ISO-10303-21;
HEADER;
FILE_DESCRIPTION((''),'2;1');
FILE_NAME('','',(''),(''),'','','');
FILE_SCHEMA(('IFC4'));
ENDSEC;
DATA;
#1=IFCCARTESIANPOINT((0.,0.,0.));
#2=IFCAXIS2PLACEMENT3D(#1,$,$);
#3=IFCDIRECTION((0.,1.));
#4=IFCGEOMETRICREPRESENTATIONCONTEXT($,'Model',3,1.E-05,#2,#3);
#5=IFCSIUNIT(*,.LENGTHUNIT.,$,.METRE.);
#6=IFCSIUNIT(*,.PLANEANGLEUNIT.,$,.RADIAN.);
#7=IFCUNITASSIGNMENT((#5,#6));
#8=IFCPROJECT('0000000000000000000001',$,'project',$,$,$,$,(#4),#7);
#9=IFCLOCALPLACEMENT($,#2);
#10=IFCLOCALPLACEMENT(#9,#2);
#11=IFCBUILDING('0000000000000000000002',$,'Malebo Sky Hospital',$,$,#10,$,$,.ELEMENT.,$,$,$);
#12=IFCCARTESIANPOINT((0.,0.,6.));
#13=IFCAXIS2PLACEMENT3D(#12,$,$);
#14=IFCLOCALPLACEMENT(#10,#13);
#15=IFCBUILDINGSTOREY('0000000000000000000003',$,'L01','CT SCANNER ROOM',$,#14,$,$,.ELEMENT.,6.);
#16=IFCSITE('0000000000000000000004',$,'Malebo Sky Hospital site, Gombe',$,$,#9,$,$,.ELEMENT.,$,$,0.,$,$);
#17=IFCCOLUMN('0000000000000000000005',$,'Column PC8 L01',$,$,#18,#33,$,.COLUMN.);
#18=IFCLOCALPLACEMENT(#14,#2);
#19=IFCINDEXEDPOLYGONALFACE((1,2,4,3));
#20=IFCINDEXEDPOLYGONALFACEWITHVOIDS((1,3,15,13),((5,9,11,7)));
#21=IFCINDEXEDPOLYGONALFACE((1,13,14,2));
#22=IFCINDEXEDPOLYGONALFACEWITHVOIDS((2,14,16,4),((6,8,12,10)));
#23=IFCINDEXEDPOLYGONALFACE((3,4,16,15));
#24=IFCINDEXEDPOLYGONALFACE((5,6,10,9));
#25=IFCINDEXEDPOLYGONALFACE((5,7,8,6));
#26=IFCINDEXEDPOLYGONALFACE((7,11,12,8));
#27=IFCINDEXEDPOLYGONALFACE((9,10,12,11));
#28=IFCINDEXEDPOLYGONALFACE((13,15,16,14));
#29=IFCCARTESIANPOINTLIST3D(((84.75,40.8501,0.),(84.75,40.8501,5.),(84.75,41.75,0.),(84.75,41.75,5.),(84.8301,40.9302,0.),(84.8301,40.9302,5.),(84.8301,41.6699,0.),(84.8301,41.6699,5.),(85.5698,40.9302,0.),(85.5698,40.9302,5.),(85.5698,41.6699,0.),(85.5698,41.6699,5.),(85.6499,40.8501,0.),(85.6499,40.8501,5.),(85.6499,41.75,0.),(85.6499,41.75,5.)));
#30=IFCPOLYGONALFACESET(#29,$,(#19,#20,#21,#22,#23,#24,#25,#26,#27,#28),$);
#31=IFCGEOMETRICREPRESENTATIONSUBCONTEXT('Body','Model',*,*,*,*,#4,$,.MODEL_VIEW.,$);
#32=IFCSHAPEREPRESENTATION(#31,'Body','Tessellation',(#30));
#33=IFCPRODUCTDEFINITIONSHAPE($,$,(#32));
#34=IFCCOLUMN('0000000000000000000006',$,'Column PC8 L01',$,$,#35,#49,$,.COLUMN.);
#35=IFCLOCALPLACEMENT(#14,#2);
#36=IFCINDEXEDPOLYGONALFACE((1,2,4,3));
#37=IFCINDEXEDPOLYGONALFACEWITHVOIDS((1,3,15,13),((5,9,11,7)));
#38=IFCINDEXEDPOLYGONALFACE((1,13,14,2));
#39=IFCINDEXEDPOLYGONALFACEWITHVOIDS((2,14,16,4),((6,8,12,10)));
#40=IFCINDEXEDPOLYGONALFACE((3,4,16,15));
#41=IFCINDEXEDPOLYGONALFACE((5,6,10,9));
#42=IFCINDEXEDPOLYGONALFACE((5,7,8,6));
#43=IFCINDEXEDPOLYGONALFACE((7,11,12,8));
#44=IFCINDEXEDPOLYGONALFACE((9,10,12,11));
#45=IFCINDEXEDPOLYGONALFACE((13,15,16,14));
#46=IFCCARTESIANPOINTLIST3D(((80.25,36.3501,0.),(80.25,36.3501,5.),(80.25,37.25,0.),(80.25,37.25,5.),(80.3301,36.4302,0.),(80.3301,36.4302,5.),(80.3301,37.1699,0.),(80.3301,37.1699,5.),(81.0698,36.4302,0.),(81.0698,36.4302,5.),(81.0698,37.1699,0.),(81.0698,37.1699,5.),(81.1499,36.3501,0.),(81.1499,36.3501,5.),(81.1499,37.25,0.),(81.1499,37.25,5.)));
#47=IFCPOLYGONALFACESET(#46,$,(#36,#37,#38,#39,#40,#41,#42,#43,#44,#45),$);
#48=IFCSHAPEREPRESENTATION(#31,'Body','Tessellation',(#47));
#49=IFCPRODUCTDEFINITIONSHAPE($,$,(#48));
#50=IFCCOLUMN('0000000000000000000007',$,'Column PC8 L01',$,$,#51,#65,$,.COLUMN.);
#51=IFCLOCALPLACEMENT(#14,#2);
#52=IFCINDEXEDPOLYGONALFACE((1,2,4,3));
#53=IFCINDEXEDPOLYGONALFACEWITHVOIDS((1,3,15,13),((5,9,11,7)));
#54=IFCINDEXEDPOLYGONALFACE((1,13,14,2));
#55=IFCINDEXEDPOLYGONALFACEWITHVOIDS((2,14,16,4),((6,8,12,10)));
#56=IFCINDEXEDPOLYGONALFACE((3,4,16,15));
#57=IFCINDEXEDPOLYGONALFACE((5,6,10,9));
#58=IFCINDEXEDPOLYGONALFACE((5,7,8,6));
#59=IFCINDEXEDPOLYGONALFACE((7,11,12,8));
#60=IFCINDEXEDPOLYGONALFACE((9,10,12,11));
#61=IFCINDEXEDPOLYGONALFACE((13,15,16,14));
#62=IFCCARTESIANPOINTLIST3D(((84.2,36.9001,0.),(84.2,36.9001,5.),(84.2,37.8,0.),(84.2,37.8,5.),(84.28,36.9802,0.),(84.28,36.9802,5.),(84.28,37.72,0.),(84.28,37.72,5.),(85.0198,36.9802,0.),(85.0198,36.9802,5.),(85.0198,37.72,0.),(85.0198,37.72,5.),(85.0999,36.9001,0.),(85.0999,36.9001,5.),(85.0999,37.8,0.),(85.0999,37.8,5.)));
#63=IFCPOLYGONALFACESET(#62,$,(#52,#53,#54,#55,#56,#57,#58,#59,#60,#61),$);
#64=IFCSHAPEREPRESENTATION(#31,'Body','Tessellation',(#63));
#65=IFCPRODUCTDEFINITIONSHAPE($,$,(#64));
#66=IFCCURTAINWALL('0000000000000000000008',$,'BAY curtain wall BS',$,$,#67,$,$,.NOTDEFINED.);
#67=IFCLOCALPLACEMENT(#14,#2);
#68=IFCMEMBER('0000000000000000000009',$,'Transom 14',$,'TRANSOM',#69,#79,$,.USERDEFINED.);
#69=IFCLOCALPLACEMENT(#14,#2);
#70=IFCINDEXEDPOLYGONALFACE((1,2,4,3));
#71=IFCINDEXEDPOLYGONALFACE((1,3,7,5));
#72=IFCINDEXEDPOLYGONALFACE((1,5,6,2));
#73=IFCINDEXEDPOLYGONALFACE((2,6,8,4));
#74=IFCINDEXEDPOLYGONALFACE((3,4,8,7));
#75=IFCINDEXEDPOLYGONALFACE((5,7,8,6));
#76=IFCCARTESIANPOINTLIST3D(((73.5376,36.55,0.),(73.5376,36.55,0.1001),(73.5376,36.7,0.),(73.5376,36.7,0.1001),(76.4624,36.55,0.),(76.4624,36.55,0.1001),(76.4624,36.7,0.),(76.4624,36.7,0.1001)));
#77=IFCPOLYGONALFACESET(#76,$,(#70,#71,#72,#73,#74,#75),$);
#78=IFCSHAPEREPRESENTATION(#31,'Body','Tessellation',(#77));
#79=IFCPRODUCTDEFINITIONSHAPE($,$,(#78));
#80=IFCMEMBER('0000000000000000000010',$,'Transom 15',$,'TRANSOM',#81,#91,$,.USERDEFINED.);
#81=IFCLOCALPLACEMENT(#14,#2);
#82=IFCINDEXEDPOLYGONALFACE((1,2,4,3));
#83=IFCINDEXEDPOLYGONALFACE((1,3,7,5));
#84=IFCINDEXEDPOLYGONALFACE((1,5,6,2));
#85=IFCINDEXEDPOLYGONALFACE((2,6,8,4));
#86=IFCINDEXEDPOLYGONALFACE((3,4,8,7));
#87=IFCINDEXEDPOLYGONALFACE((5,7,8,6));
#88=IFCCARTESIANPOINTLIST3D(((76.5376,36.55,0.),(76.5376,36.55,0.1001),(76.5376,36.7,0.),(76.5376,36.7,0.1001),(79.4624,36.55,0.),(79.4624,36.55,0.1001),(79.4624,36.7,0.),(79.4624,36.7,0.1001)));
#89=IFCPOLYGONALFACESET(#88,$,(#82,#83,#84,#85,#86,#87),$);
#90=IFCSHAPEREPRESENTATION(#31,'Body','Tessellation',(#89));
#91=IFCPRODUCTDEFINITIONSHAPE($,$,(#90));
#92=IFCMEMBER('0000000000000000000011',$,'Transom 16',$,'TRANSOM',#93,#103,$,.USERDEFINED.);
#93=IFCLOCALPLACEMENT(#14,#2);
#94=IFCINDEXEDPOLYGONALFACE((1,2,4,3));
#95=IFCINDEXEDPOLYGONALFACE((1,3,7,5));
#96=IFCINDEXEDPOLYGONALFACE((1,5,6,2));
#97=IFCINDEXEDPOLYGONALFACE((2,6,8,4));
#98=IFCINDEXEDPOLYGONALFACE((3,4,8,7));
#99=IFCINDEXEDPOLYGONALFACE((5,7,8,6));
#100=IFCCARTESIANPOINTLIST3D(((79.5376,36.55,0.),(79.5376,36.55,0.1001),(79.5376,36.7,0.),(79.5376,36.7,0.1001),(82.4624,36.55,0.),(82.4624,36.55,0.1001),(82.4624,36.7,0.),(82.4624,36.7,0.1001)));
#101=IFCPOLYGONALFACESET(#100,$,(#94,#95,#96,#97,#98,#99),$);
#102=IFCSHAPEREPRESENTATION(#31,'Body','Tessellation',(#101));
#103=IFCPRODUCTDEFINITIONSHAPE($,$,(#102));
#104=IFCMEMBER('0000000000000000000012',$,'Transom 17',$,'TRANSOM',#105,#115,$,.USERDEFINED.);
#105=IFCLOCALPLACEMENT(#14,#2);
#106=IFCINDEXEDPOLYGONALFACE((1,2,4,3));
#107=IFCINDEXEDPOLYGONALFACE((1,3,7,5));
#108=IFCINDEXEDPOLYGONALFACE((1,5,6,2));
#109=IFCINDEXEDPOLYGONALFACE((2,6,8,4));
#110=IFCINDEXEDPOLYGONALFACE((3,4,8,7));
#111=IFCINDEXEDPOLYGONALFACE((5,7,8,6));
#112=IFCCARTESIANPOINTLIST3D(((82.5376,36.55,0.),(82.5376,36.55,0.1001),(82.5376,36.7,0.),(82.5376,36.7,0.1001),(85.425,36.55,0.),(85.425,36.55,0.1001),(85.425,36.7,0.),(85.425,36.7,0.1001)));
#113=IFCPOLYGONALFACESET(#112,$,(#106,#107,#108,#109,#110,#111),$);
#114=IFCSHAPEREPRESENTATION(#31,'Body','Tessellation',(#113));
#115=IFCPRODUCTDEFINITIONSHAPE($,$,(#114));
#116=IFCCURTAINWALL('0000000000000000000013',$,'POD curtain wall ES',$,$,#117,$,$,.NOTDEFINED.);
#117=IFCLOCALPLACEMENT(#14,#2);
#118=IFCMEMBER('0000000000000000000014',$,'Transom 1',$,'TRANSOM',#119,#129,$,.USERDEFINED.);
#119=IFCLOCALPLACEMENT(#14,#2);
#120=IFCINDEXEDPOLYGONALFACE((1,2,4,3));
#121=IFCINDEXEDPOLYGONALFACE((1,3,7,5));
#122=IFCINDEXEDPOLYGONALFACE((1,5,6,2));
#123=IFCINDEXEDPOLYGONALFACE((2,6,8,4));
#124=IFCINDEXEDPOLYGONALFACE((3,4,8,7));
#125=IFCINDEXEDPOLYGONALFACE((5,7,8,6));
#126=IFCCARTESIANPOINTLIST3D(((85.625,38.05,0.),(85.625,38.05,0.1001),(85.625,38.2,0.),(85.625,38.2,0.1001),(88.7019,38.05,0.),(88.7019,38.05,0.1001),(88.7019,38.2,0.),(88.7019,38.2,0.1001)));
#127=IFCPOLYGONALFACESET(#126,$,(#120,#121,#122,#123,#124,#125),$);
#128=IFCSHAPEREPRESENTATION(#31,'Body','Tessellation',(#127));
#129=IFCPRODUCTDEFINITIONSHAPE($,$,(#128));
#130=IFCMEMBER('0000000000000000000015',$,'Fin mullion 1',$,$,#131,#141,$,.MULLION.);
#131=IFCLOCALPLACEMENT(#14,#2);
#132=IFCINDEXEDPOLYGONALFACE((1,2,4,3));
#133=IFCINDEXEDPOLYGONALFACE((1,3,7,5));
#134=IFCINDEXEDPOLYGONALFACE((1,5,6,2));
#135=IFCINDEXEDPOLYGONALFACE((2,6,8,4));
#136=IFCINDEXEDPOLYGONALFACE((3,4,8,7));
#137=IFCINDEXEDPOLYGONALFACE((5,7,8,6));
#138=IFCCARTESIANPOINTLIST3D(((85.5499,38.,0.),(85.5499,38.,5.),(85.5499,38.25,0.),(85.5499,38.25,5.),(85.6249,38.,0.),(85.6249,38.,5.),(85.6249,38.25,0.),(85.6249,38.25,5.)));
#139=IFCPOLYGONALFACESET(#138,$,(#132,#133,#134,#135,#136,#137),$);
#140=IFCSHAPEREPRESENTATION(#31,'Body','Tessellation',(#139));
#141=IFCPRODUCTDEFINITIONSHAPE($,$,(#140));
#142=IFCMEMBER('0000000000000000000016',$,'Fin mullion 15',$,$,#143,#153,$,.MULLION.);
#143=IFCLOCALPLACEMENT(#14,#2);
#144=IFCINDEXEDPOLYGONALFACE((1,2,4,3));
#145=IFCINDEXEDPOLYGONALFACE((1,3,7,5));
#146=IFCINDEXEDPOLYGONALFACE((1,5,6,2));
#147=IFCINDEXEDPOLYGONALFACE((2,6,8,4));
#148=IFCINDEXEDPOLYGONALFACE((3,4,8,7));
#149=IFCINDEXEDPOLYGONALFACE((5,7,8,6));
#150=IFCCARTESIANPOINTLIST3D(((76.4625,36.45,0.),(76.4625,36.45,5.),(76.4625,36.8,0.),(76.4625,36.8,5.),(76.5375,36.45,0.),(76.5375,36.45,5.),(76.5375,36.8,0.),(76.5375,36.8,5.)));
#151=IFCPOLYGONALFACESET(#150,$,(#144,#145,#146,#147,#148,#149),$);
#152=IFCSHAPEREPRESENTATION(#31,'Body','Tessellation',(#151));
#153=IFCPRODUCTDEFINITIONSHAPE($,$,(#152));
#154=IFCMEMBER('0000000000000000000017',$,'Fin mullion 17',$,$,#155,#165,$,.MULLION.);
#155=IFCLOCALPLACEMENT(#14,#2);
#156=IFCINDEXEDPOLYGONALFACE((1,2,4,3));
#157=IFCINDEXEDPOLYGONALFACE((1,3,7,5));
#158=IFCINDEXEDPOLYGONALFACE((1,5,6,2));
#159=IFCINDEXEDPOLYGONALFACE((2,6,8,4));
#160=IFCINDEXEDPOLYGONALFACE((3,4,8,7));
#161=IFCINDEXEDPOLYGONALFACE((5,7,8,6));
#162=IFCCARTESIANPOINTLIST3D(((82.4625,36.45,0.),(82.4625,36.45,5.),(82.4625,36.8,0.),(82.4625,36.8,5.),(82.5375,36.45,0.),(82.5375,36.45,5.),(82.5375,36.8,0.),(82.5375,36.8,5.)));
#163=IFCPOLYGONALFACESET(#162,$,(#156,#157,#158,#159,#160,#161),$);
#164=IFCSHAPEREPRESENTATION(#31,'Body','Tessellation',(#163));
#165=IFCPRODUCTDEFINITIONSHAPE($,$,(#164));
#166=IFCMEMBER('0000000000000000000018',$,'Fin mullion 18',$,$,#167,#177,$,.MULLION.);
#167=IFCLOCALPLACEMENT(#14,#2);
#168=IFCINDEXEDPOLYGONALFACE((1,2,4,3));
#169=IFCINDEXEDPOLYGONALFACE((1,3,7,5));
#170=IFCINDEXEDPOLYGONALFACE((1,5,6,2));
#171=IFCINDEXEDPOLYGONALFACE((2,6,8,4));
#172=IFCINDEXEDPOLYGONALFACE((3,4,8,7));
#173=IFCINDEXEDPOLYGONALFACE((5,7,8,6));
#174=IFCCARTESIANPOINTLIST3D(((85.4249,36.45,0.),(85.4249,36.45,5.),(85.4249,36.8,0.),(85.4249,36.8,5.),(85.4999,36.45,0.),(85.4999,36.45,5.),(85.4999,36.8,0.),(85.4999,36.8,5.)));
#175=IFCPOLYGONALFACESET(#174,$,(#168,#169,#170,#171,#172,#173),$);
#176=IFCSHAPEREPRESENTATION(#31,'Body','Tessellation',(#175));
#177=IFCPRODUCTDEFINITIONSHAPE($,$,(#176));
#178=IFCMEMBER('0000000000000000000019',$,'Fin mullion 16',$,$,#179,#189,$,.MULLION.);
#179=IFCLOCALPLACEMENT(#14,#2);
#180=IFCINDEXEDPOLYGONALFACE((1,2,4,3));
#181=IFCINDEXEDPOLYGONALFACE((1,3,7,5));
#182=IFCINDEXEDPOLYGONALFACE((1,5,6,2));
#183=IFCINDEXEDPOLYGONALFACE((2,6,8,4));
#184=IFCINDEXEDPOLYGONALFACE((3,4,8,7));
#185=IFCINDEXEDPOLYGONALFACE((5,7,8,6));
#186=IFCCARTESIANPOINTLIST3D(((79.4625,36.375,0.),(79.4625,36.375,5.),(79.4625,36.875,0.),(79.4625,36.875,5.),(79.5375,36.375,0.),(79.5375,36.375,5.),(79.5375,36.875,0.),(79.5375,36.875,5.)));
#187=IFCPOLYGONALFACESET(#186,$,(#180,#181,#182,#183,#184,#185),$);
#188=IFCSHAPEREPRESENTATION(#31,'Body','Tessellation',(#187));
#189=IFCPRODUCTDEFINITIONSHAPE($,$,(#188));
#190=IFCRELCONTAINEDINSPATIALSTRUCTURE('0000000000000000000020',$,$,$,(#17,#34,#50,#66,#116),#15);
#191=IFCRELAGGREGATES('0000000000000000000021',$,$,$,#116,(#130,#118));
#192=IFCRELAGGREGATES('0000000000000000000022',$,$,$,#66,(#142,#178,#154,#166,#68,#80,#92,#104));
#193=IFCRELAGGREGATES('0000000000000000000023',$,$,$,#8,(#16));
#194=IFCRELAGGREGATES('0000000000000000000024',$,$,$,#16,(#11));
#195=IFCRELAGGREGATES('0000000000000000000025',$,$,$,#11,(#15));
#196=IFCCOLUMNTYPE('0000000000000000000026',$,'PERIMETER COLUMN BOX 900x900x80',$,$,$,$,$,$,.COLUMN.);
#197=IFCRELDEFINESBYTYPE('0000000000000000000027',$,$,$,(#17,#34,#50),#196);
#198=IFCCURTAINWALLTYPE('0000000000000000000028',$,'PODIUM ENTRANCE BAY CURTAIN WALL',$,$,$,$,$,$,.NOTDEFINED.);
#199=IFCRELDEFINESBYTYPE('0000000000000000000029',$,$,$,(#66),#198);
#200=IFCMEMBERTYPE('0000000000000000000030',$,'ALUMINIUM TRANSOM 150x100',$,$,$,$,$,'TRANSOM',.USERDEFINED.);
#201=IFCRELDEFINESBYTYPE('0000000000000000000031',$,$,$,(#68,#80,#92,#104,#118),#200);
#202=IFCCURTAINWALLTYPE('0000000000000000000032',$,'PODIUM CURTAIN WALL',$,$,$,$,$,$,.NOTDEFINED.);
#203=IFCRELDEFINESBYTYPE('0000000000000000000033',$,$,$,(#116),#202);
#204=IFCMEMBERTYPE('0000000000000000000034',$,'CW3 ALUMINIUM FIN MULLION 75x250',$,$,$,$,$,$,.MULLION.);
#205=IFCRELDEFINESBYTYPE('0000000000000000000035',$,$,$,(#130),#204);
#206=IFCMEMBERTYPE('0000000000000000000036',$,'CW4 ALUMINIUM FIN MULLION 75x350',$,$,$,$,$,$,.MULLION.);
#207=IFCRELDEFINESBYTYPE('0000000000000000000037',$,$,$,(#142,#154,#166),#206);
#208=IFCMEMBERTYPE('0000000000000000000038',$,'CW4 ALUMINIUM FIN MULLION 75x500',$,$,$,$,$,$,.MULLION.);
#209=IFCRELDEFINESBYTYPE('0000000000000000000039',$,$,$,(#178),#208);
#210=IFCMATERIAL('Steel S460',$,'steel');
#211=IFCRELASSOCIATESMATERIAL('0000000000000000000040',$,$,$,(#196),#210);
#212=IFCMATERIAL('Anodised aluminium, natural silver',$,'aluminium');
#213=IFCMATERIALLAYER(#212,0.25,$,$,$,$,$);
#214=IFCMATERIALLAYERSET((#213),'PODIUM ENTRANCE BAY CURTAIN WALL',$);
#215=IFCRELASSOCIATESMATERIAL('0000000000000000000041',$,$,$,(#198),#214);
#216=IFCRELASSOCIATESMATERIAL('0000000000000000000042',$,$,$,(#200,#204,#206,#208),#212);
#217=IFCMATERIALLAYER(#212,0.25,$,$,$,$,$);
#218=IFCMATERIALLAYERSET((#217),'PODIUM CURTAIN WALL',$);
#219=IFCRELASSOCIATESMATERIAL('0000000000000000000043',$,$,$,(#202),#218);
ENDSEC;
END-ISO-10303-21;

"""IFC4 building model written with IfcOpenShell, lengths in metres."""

from ifc_helpers import new_model, si_unit, direction, frame, origin, origin_2d, place, context, subcontext, project, spatial, rectangle, hollow_rectangle, extrude, material, layer, layer_set, material_profile, profile_set, type_object, element, aggregate, save


model = new_model("IFC4")

# Units and contexts
model_context = context("Model", 3, precision=1e-05, world=origin(), true_north=direction((0.0, 1.0)))
body_context = subcontext(model_context, "Body", "Model", "MODEL_VIEW")
ifc_project = project(units=[si_unit("LENGTHUNIT", "METRE"), si_unit("PLANEANGLEUNIT", "RADIAN")], contexts=[model_context])

# Site, building, storey
site_placement = place(None, origin())
site = spatial("IfcSite", under=ifc_project, at=site_placement, Name="Malebo Sky Hospital site, Gombe", CompositionType="ELEMENT", RefElevation=0.0)
building_placement = place(site_placement, origin())
building = spatial("IfcBuilding", under=site, at=building_placement, Name="Malebo Sky Hospital", CompositionType="ELEMENT")
storey_placement = place(building_placement, frame((0.0, 0.0, 6.0)))
storey = spatial("IfcBuildingStorey", under=building, at=storey_placement, Name="L01", Description="CT SCANNER ROOM", CompositionType="ELEMENT", Elevation=6.0)

# Columns
ifc_material_1 = material(Name="Steel S460", Category="steel")
ifc_material_profile_1 = material_profile(ifc_material_1, hollow_rectangle(XDim=0.8999, YDim=0.8999, WallThickness=0.0801, at=origin_2d()), Name="BOX 900x900x80")
ifc_profile_set_1 = profile_set([ifc_material_profile_1], Name="Steel S460")
column_type = type_object("IfcColumnType", Name="PERIMETER COLUMN BOX 900x900x80", PredefinedType="COLUMN", material=ifc_profile_set_1)
for number, where, z_axis, x_axis, name in (
    (1, (85.2, 41.3, 0.0), (0.0, 0.0, 1.0), (1.0, 0.0, 0.0), "Column PC8 L01"),
    (2, (80.7, 36.8, 0.0), (0.0, 0.0, 1.0), (1.0, 0.0, 0.0), "Column PC8 L01"),
    (3, (84.6499, 37.3501, 0.0), (0.0, 0.0, 1.0), (1.0, 0.0, 0.0), "Column PC8 L01"),
):
    element("IfcColumn", number, at=place(storey_placement, frame(where, z_axis=z_axis, x_axis=x_axis)), inside=storey, type_object=column_type, Name=name, PredefinedType="COLUMN", context=body_context, shape_type="SweptSolid", body=[
        extrude(hollow_rectangle(XDim=0.8999, YDim=0.8999, WallThickness=0.0801, at=origin_2d()), origin(), (0.0, 0.0, 1.0), 5.0),
    ])

# Curtain walls, members
ifc_material_2 = material(Name="Anodised aluminium, natural silver", Category="aluminium")
ifc_layer_1 = layer(ifc_material_2, 0.25)
ifc_layer_set_1 = layer_set([ifc_layer_1], Name="PODIUM ENTRANCE BAY CURTAIN WALL")
curtain_wall_type_1 = type_object("IfcCurtainWallType", Name="PODIUM ENTRANCE BAY CURTAIN WALL", PredefinedType="NOTDEFINED", material=ifc_layer_set_1)
curtain_wall_1_placement = place(storey_placement, origin())
curtain_wall_1 = element("IfcCurtainWall", 4, at=curtain_wall_1_placement, inside=storey, type_object=curtain_wall_type_1, Name="BAY curtain wall BS", PredefinedType="NOTDEFINED")
ifc_material_profile_2 = material_profile(ifc_material_2, rectangle(XDim=0.1499, YDim=0.1001, at=origin_2d()), Name="ALUMINIUM TRANSOM 150x100")
ifc_profile_set_2 = profile_set([ifc_material_profile_2], Name="Anodised aluminium, natural silver")
member_type_1 = type_object("IfcMemberType", Name="ALUMINIUM TRANSOM 150x100", ElementType="TRANSOM", PredefinedType="USERDEFINED", material=ifc_profile_set_2)
member_1_placement = place(storey_placement, frame((73.5376, 36.625, 0.05), z_axis=(1.0, 0.0, 0.0), x_axis=(0.0, 1.0, 0.0)))
member_1 = element("IfcMember", 5, at=member_1_placement, type_object=member_type_1, Name="Transom 14", ObjectType="TRANSOM", PredefinedType="USERDEFINED", context=body_context, shape_type="SweptSolid", body=[
    extrude(rectangle(XDim=0.1499, YDim=0.1001, at=origin_2d()), origin(), (0.0, 0.0, 1.0), 2.9248),
])
member_2_placement = place(storey_placement, frame((76.5376, 36.625, 0.05), z_axis=(1.0, 0.0, 0.0), x_axis=(0.0, 1.0, 0.0)))
member_2 = element("IfcMember", 6, at=member_2_placement, type_object=member_type_1, Name="Transom 15", ObjectType="TRANSOM", PredefinedType="USERDEFINED", context=body_context, shape_type="SweptSolid", body=[
    extrude(rectangle(XDim=0.1499, YDim=0.1001, at=origin_2d()), origin(), (0.0, 0.0, 1.0), 2.9248),
])
member_3_placement = place(storey_placement, frame((79.5376, 36.625, 0.05), z_axis=(1.0, 0.0, 0.0), x_axis=(0.0, 1.0, 0.0)))
member_3 = element("IfcMember", 7, at=member_3_placement, type_object=member_type_1, Name="Transom 16", ObjectType="TRANSOM", PredefinedType="USERDEFINED", context=body_context, shape_type="SweptSolid", body=[
    extrude(rectangle(XDim=0.1499, YDim=0.1001, at=origin_2d()), origin(), (0.0, 0.0, 1.0), 2.9248),
])
member_4_placement = place(storey_placement, frame((82.5376, 36.625, 0.05), z_axis=(1.0, 0.0, 0.0), x_axis=(0.0, 1.0, 0.0)))
member_4 = element("IfcMember", 8, at=member_4_placement, type_object=member_type_1, Name="Transom 17", ObjectType="TRANSOM", PredefinedType="USERDEFINED", context=body_context, shape_type="SweptSolid", body=[
    extrude(rectangle(XDim=0.1499, YDim=0.1001, at=origin_2d()), origin(), (0.0, 0.0, 1.0), 2.8875),
])
ifc_layer_2 = layer(ifc_material_2, 0.25)
ifc_layer_set_2 = layer_set([ifc_layer_2], Name="PODIUM CURTAIN WALL")
curtain_wall_type_2 = type_object("IfcCurtainWallType", Name="PODIUM CURTAIN WALL", PredefinedType="NOTDEFINED", material=ifc_layer_set_2)
curtain_wall_2_placement = place(storey_placement, origin())
curtain_wall_2 = element("IfcCurtainWall", 9, at=curtain_wall_2_placement, inside=storey, type_object=curtain_wall_type_2, Name="POD curtain wall ES", PredefinedType="NOTDEFINED")
member_5_placement = place(storey_placement, frame((85.625, 38.125, 0.05), z_axis=(1.0, 0.0, 0.0), x_axis=(0.0, 1.0, 0.0)))
member_5 = element("IfcMember", 10, at=member_5_placement, type_object=member_type_1, Name="Transom 1", ObjectType="TRANSOM", PredefinedType="USERDEFINED", context=body_context, shape_type="SweptSolid", body=[
    extrude(rectangle(XDim=0.1499, YDim=0.1001, at=origin_2d()), origin(), (0.0, 0.0, 1.0), 3.0769),
])
ifc_material_profile_3 = material_profile(ifc_material_2, rectangle(XDim=0.075, YDim=0.25, at=origin_2d()), Name="CW3 ALUMINIUM FIN MULLION 75x250")
ifc_profile_set_3 = profile_set([ifc_material_profile_3], Name="Anodised aluminium, natural silver")
member_type_2 = type_object("IfcMemberType", Name="CW3 ALUMINIUM FIN MULLION 75x250", PredefinedType="MULLION", material=ifc_profile_set_3)
member_6_placement = place(storey_placement, frame((85.5874, 38.125, 0.0), z_axis=(0.0, 0.0, 1.0), x_axis=(1.0, 0.0, 0.0)))
member_6 = element("IfcMember", 11, at=member_6_placement, type_object=member_type_2, Name="Fin mullion 1", PredefinedType="MULLION", context=body_context, shape_type="SweptSolid", body=[
    extrude(rectangle(XDim=0.075, YDim=0.25, at=origin_2d()), origin(), (0.0, 0.0, 1.0), 5.0),
])
aggregate(curtain_wall_2, [member_6, member_5])

# Members
ifc_material_profile_4 = material_profile(ifc_material_2, rectangle(XDim=0.075, YDim=0.3501, at=origin_2d()), Name="CW4 ALUMINIUM FIN MULLION 75x350")
ifc_profile_set_4 = profile_set([ifc_material_profile_4], Name="Anodised aluminium, natural silver")
member_type_3 = type_object("IfcMemberType", Name="CW4 ALUMINIUM FIN MULLION 75x350", PredefinedType="MULLION", material=ifc_profile_set_4)
member_7_placement = place(storey_placement, frame((76.5, 36.625, 0.0), z_axis=(0.0, 0.0, 1.0), x_axis=(1.0, 0.0, 0.0)))
member_7 = element("IfcMember", 12, at=member_7_placement, type_object=member_type_3, Name="Fin mullion 15", PredefinedType="MULLION", context=body_context, shape_type="SweptSolid", body=[
    extrude(rectangle(XDim=0.075, YDim=0.3501, at=origin_2d()), origin(), (0.0, 0.0, 1.0), 5.0),
])
member_8_placement = place(storey_placement, frame((82.5, 36.625, 0.0), z_axis=(0.0, 0.0, 1.0), x_axis=(1.0, 0.0, 0.0)))
member_8 = element("IfcMember", 13, at=member_8_placement, type_object=member_type_3, Name="Fin mullion 17", PredefinedType="MULLION", context=body_context, shape_type="SweptSolid", body=[
    extrude(rectangle(XDim=0.075, YDim=0.3501, at=origin_2d()), origin(), (0.0, 0.0, 1.0), 5.0),
])
member_9_placement = place(storey_placement, frame((85.4624, 36.625, 0.0), z_axis=(0.0, 0.0, 1.0), x_axis=(1.0, 0.0, 0.0)))
member_9 = element("IfcMember", 14, at=member_9_placement, type_object=member_type_3, Name="Fin mullion 18", PredefinedType="MULLION", context=body_context, shape_type="SweptSolid", body=[
    extrude(rectangle(XDim=0.075, YDim=0.3501, at=origin_2d()), origin(), (0.0, 0.0, 1.0), 5.0),
])
ifc_material_profile_5 = material_profile(ifc_material_2, rectangle(XDim=0.075, YDim=0.5, at=origin_2d()), Name="CW4 ALUMINIUM FIN MULLION 75x500")
ifc_profile_set_5 = profile_set([ifc_material_profile_5], Name="Anodised aluminium, natural silver")
member_type_4 = type_object("IfcMemberType", Name="CW4 ALUMINIUM FIN MULLION 75x500", PredefinedType="MULLION", material=ifc_profile_set_5)
member_10_placement = place(storey_placement, frame((79.5, 36.625, 0.0), z_axis=(0.0, 0.0, 1.0), x_axis=(1.0, 0.0, 0.0)))
member_10 = element("IfcMember", 15, at=member_10_placement, type_object=member_type_4, Name="Fin mullion 16", PredefinedType="MULLION", context=body_context, shape_type="SweptSolid", body=[
    extrude(rectangle(XDim=0.075, YDim=0.5, at=origin_2d()), origin(), (0.0, 0.0, 1.0), 5.0),
])

aggregate(curtain_wall_1, [member_7, member_10, member_8, member_9, member_1, member_2, member_3, member_4])

save(model, "model.ifc")
